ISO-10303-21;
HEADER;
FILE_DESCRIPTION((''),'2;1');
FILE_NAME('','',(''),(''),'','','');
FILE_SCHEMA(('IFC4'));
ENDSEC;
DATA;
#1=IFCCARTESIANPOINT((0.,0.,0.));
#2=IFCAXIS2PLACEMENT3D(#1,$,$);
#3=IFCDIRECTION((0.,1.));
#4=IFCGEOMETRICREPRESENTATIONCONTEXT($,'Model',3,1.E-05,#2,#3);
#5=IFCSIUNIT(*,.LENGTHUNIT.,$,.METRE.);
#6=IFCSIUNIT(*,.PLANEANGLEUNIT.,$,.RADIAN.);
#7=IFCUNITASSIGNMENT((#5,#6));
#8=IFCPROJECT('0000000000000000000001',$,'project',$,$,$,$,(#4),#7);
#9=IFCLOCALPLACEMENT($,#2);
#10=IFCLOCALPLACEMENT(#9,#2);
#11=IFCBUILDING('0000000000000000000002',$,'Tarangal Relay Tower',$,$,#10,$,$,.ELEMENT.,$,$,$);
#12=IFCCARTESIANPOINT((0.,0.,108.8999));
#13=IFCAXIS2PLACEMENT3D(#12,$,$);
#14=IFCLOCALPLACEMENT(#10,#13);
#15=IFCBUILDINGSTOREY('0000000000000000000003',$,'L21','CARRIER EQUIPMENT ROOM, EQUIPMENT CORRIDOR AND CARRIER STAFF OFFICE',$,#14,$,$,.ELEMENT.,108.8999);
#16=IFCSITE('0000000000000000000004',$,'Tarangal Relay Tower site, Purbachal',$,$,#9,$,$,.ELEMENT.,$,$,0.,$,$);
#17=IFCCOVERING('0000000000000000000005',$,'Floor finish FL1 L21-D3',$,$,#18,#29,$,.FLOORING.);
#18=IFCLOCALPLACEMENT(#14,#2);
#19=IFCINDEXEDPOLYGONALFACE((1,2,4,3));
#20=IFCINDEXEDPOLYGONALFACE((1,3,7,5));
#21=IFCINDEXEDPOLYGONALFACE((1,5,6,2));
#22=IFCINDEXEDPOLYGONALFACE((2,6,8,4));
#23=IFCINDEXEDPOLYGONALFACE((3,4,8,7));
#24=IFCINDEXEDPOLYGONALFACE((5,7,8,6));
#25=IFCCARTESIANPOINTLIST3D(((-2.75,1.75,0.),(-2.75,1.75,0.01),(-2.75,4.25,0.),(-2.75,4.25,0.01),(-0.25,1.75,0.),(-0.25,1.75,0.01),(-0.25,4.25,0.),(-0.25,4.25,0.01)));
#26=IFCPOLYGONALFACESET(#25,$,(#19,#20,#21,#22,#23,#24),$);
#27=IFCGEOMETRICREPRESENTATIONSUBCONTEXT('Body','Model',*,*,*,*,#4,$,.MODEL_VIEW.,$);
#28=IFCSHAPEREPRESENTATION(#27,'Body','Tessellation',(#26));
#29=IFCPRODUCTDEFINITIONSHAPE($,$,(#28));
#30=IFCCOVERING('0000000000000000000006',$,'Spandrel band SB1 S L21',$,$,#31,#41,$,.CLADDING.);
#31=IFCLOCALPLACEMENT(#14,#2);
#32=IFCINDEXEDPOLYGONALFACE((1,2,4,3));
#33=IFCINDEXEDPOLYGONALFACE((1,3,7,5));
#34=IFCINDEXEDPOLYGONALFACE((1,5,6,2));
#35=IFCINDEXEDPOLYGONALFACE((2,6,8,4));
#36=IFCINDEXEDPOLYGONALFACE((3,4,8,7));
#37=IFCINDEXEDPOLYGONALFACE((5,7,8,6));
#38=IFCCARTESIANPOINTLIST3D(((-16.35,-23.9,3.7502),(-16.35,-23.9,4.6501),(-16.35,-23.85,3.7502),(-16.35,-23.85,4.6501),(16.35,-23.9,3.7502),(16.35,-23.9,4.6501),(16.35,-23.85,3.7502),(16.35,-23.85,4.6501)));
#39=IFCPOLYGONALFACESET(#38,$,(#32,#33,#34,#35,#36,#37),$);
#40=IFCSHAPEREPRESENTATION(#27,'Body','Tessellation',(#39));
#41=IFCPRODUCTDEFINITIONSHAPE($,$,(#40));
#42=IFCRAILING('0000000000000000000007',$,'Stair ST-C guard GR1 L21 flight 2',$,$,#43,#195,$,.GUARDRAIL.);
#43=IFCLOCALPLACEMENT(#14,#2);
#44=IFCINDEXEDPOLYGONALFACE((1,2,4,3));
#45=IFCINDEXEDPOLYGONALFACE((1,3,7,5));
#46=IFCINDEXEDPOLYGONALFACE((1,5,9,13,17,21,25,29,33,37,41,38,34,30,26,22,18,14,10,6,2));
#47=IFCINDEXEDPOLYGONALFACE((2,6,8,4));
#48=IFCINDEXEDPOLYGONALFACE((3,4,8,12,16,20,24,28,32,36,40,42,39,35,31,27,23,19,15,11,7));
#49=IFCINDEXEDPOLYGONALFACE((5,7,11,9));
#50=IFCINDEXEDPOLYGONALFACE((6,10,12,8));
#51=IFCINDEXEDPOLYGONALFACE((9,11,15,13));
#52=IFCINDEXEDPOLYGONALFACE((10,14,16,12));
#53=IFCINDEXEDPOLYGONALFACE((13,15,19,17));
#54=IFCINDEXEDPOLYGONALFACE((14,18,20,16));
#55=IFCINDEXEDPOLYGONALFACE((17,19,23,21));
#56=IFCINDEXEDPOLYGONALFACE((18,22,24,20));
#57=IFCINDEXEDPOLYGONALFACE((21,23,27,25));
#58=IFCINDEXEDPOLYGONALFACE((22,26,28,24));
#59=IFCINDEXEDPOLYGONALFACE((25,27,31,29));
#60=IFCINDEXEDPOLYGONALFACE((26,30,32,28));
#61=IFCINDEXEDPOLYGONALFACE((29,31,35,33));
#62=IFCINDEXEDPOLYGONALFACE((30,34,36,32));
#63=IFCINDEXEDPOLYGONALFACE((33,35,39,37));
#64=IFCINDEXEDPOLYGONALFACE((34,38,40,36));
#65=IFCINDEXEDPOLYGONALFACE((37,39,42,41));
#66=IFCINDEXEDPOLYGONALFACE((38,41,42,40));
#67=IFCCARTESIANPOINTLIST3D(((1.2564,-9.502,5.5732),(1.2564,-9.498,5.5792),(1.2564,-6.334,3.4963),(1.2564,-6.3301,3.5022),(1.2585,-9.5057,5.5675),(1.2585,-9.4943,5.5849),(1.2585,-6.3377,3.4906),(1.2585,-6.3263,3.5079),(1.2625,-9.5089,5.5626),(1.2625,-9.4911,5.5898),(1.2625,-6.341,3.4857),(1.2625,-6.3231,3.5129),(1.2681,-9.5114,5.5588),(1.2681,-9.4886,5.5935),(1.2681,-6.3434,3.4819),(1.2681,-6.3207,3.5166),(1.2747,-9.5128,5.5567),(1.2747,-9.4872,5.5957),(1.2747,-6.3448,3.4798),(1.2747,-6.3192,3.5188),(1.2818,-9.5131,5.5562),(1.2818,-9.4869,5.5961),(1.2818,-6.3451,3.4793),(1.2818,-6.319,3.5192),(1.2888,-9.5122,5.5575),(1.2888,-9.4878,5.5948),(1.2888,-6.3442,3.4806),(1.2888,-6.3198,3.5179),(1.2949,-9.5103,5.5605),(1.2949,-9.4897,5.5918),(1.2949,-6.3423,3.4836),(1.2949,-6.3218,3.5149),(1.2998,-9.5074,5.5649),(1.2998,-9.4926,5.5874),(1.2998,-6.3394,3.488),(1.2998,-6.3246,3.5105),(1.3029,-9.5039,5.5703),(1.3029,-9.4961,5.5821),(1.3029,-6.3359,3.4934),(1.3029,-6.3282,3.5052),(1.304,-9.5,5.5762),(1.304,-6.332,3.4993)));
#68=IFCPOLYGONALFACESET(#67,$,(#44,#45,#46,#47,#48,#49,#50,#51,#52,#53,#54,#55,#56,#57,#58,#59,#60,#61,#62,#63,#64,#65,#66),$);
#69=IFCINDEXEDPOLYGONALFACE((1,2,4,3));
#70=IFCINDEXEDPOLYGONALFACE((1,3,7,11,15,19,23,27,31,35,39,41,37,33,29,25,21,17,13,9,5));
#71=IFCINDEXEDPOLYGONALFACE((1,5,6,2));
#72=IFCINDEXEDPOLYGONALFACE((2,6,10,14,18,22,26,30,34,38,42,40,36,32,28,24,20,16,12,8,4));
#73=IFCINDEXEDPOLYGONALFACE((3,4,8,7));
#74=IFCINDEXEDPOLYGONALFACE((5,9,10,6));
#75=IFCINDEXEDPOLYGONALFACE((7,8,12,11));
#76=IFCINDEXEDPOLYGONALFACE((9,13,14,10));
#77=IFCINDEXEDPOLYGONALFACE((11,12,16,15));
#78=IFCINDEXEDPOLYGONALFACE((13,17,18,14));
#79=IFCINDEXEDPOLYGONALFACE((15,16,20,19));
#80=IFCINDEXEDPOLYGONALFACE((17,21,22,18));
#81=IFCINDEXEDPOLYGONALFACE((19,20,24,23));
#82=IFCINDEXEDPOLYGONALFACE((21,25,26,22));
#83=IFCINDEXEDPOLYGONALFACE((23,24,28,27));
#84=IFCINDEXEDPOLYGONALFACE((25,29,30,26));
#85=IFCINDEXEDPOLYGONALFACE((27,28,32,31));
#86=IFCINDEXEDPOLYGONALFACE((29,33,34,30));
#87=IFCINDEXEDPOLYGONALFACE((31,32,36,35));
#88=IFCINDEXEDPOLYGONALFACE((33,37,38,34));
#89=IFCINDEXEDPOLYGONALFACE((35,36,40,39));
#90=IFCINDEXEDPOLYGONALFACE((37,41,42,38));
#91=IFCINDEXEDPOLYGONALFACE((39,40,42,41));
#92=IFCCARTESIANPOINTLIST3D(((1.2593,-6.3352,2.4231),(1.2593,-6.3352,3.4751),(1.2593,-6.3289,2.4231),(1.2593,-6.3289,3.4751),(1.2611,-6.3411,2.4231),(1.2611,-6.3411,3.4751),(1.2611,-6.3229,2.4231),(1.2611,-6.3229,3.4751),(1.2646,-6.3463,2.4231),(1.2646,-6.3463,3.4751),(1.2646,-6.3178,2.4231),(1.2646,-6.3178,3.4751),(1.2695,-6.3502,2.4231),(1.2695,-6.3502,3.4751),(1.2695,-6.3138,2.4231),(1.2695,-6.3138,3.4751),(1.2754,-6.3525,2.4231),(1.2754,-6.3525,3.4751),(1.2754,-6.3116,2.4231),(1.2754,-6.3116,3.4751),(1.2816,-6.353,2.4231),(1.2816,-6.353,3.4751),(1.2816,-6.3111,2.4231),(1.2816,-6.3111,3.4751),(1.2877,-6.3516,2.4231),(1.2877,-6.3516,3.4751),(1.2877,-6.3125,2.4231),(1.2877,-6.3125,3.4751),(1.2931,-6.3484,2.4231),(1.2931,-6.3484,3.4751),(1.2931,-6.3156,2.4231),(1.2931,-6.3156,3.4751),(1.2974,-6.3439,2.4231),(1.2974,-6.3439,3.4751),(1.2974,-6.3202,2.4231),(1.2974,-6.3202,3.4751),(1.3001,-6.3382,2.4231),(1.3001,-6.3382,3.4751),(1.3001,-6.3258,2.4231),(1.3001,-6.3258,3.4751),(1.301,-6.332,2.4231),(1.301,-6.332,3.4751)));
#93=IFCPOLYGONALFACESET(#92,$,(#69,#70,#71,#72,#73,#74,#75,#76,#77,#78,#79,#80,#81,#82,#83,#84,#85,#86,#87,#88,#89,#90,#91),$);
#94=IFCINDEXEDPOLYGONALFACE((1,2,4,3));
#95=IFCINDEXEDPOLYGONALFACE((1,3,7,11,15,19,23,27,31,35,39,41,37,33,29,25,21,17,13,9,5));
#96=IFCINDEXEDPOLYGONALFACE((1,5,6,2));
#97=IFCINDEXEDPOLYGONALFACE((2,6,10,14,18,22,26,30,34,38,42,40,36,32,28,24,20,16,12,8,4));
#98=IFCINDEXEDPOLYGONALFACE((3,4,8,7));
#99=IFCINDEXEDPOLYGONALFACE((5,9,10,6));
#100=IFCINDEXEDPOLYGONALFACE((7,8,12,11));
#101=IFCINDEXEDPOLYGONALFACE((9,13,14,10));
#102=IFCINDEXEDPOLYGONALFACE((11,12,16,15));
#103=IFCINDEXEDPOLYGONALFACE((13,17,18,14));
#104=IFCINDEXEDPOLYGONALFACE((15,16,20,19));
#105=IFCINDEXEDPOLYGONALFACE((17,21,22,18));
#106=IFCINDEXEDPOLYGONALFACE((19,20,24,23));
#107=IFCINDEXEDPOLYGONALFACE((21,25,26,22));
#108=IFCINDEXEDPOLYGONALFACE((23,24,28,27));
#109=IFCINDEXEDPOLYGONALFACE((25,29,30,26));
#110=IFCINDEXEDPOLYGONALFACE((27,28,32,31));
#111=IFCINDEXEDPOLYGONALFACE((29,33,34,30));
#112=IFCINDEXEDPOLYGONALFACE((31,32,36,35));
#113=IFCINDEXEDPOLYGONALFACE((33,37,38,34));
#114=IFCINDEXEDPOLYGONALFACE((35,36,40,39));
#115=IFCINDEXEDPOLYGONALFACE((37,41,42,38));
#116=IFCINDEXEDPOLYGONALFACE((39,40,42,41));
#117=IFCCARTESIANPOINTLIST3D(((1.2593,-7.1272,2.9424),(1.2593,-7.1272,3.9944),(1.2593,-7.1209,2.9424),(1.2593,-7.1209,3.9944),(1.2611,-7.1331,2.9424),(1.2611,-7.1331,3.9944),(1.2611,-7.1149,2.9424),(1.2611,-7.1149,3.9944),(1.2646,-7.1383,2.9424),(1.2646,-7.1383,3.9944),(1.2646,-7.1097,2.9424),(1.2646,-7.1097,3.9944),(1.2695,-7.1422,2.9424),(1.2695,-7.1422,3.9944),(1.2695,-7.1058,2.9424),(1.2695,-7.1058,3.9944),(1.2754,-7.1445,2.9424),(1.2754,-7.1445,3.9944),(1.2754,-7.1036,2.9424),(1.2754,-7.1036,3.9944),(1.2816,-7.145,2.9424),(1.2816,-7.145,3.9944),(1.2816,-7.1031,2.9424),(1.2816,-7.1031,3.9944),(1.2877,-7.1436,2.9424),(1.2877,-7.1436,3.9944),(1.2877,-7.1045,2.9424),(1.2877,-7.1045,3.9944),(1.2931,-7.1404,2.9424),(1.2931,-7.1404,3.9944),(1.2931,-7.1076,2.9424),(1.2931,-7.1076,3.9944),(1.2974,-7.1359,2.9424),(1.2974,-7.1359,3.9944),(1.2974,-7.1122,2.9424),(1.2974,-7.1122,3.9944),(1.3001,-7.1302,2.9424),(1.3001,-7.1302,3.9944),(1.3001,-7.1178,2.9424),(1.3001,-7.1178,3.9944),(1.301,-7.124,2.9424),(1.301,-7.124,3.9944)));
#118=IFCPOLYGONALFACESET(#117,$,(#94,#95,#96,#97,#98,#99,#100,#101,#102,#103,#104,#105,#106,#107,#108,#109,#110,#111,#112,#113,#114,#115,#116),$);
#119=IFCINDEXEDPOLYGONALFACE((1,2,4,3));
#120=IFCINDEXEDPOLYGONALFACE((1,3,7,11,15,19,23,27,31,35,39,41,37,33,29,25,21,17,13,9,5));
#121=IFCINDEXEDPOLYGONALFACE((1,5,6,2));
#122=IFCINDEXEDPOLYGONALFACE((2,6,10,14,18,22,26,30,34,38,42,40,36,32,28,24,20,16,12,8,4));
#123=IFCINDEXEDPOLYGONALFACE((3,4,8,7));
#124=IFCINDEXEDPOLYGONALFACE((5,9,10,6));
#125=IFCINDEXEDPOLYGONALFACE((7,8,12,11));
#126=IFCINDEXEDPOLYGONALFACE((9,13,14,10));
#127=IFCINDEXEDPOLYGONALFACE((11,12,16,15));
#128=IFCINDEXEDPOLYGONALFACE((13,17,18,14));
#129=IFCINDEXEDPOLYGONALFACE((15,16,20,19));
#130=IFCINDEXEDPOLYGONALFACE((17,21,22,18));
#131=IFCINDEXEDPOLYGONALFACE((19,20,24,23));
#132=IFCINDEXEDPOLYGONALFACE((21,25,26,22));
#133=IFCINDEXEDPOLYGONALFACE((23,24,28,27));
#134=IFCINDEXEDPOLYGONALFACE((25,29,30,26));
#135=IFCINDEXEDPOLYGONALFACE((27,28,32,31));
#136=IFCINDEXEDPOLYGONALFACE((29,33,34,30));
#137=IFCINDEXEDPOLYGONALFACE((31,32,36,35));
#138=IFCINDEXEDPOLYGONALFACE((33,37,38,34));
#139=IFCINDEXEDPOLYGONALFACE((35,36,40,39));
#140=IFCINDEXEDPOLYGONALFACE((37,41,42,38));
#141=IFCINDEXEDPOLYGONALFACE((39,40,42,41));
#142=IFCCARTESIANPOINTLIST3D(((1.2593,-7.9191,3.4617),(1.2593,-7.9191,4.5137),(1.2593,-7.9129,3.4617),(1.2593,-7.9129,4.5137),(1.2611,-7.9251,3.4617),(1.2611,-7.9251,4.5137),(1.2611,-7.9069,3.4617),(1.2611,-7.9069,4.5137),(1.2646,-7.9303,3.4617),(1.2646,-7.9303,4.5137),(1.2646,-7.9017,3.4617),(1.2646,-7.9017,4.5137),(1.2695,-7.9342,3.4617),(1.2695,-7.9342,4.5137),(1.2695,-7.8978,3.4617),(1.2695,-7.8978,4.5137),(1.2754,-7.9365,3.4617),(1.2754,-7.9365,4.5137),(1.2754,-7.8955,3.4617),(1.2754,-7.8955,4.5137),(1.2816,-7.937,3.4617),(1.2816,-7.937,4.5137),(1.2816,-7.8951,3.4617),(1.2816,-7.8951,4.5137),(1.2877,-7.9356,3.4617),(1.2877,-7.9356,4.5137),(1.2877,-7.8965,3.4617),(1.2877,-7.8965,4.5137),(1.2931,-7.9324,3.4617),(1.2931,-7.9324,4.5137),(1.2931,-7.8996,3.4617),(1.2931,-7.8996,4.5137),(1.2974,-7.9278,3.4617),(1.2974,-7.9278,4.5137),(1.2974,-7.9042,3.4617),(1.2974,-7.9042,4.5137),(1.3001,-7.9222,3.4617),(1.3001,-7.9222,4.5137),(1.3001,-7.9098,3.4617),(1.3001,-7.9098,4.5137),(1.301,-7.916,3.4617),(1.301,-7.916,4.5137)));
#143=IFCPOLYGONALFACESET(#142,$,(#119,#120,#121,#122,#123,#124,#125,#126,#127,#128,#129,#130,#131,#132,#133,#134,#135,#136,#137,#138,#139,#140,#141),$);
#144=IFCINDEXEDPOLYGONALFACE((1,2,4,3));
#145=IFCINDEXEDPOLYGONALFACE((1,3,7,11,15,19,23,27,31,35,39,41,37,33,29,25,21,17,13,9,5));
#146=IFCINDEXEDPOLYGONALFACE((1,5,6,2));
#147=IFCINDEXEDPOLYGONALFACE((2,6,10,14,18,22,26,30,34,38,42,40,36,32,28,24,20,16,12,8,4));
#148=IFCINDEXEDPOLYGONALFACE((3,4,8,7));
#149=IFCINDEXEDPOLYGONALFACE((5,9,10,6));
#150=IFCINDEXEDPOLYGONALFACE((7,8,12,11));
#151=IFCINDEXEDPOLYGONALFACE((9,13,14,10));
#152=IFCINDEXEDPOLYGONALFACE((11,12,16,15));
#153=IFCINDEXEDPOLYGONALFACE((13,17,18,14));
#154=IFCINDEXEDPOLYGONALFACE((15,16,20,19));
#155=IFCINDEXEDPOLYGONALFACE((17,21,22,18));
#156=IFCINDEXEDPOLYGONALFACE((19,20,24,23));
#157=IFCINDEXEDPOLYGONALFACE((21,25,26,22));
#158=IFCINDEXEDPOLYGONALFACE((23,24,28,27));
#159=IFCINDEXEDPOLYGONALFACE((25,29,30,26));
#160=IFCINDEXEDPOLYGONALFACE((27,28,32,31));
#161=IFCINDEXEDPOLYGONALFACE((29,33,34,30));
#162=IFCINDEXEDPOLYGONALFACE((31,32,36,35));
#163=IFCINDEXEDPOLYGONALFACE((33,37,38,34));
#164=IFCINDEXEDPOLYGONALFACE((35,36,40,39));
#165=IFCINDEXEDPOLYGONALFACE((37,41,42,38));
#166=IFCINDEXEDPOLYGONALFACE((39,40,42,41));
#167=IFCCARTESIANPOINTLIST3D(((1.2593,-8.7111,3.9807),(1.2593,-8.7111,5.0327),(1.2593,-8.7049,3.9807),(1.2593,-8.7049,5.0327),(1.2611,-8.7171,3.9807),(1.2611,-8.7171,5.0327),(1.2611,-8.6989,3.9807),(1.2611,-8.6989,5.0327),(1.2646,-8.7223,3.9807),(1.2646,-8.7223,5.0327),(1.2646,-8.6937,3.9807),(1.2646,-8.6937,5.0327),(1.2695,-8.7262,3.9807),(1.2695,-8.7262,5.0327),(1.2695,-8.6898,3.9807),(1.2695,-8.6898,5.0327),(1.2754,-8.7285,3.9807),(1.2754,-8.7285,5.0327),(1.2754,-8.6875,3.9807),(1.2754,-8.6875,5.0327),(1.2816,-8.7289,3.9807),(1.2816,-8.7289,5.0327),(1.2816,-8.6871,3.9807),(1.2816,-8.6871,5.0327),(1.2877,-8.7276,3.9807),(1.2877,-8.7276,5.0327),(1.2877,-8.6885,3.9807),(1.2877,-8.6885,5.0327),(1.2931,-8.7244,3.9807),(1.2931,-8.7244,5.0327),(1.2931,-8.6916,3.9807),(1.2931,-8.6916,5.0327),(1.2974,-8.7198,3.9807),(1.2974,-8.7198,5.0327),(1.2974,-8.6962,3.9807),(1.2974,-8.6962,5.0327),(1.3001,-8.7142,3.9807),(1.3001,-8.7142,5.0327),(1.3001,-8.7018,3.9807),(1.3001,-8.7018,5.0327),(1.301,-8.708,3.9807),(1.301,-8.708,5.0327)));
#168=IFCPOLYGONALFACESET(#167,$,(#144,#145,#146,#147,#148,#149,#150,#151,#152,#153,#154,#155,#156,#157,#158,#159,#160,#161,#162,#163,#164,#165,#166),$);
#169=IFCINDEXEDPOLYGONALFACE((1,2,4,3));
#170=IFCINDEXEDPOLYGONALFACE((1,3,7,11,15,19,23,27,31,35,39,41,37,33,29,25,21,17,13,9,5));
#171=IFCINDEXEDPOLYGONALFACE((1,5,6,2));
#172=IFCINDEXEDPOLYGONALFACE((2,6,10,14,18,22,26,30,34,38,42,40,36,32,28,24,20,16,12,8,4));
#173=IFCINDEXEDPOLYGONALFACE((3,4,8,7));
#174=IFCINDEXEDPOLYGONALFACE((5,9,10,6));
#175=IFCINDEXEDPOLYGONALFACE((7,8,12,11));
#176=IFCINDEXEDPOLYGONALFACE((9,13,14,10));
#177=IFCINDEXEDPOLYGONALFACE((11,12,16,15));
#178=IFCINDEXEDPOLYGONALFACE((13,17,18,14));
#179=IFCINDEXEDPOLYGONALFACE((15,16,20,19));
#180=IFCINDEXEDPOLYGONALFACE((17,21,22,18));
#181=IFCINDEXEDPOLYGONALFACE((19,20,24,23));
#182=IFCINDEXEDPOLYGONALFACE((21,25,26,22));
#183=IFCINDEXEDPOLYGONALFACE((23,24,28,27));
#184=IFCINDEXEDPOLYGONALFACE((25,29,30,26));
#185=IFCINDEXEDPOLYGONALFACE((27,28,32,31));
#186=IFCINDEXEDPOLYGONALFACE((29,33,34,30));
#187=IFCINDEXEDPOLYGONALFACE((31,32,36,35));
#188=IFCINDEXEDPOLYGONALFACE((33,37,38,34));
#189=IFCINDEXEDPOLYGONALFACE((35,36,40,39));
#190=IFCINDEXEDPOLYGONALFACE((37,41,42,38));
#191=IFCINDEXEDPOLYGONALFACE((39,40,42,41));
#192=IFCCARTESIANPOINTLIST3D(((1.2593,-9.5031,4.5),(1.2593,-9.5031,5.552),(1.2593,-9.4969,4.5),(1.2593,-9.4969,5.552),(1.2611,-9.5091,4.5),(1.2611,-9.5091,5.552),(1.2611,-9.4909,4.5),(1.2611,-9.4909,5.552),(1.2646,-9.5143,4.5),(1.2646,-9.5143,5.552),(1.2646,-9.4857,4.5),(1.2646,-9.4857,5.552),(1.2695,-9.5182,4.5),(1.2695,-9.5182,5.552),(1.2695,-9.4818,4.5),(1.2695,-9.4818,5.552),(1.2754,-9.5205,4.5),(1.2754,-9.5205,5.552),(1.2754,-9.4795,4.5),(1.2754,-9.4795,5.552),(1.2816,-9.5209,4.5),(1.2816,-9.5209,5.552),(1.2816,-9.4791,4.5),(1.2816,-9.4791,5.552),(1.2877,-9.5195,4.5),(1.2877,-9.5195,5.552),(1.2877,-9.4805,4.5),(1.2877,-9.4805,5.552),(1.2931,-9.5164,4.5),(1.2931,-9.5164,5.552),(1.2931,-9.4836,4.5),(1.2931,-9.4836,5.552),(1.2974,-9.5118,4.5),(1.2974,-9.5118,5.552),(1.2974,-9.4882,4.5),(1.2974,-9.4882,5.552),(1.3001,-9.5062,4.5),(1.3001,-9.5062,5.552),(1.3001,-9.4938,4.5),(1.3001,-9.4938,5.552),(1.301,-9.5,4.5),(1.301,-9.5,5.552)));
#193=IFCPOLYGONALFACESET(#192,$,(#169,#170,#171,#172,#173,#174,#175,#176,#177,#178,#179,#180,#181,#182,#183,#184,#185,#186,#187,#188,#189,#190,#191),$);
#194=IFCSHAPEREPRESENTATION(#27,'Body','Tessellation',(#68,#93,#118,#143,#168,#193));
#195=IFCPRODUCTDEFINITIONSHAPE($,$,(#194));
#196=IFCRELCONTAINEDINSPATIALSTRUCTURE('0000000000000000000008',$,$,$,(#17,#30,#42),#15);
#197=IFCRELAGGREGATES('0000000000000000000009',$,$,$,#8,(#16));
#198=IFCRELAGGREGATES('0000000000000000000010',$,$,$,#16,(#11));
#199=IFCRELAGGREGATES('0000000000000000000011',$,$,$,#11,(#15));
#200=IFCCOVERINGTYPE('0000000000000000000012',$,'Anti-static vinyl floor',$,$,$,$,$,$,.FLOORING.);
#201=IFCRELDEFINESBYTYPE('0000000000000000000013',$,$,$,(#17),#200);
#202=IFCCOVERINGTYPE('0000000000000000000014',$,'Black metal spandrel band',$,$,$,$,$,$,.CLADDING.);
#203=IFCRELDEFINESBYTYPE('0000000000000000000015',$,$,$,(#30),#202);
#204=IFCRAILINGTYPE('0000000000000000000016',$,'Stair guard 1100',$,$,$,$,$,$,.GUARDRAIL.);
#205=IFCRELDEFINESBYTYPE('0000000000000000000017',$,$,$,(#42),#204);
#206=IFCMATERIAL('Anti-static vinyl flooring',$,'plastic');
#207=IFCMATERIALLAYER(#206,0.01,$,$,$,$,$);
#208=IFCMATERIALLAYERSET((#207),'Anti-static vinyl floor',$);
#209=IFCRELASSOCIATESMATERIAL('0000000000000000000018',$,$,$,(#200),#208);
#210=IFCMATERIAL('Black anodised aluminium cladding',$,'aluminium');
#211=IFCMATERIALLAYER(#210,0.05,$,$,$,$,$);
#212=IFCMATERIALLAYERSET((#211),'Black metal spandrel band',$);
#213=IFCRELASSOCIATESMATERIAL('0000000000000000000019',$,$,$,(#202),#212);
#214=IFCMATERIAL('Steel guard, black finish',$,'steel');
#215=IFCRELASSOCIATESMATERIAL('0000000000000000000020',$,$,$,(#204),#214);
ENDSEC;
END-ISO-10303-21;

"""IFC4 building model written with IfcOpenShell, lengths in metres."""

from ifc_helpers import new_model, si_unit, direction, frame, origin, origin_2d, place, context, subcontext, project, spatial, polyline, rectangle, circle, outline, extrude, material, layer, layer_set, type_object, element, save


model = new_model("IFC4")

# Units and contexts
model_context = context("Model", 3, precision=1e-05, world=origin(), true_north=direction((0.0, 1.0)))
body_context = subcontext(model_context, "Body", "Model", "MODEL_VIEW")
ifc_project = project(units=[si_unit("LENGTHUNIT", "METRE"), si_unit("PLANEANGLEUNIT", "RADIAN")], contexts=[model_context])

# Site, building, storey
site_placement = place(None, origin())
site = spatial("IfcSite", under=ifc_project, at=site_placement, Name="Tarangal Relay Tower site, Purbachal", CompositionType="ELEMENT", RefElevation=0.0)
building_placement = place(site_placement, origin())
building = spatial("IfcBuilding", under=site, at=building_placement, Name="Tarangal Relay Tower", CompositionType="ELEMENT")
storey_placement = place(building_placement, frame((0.0, 0.0, 108.8999)))
storey = spatial("IfcBuildingStorey", under=building, at=storey_placement, Name="L21", Description="CARRIER EQUIPMENT ROOM, EQUIPMENT CORRIDOR AND CARRIER STAFF OFFICE", CompositionType="ELEMENT", Elevation=108.8999)

# Coverings
ifc_material_1 = material(Name="Anti-static vinyl flooring", Category="plastic")
ifc_layer_1 = layer(ifc_material_1, 0.01)
ifc_layer_set_1 = layer_set([ifc_layer_1], Name="Anti-static vinyl floor")
covering_type_1 = type_object("IfcCoveringType", Name="Anti-static vinyl floor", PredefinedType="FLOORING", material=ifc_layer_set_1)
covering_1_placement = place(storey_placement, origin())
element("IfcCovering", 1, at=covering_1_placement, inside=storey, type_object=covering_type_1, Name="Floor finish FL1 L21-D3", PredefinedType="FLOORING", context=body_context, shape_type="SweptSolid", body=[
    extrude(outline(polyline([(-2.75, 1.75), (-0.25, 1.75), (-0.25, 4.25), (-2.75, 4.25), (-2.75, 1.75)])), origin(), (0.0, 0.0, 1.0), 0.01),
])
ifc_material_2 = material(Name="Black anodised aluminium cladding", Category="aluminium")
ifc_layer_2 = layer(ifc_material_2, 0.05)
ifc_layer_set_2 = layer_set([ifc_layer_2], Name="Black metal spandrel band")
covering_type_2 = type_object("IfcCoveringType", Name="Black metal spandrel band", PredefinedType="CLADDING", material=ifc_layer_set_2)
covering_2_placement = place(storey_placement, frame((0.0, -23.875, 3.7502), z_axis=(0.0, 0.0, 1.0), x_axis=(-1.0, 0.0, 0.0)))
element("IfcCovering", 2, at=covering_2_placement, inside=storey, type_object=covering_type_2, Name="Spandrel band SB1 S L21", PredefinedType="CLADDING", context=body_context, shape_type="SweptSolid", body=[
    extrude(rectangle(XDim=32.7, YDim=0.05, at=origin_2d()), origin(), (0.0, 0.0, 1.0), 0.8999),
])

# Railing
ifc_material_3 = material(Name="Steel guard, black finish", Category="steel")
railing_type_1 = type_object("IfcRailingType", Name="Stair guard 1100", PredefinedType="GUARDRAIL", material=ifc_material_3)
railing_1_placement = place(storey_placement, frame((1.28, -6.332, 2.4231)))
element("IfcRailing", 3, at=railing_1_placement, inside=storey, type_object=railing_type_1, Name="Stair ST-C guard GR1 L21 flight 2", PredefinedType="GUARDRAIL", context=body_context, shape_type="SweptSolid", body=[
    extrude(circle(Radius=0.0239, at=origin_2d()), frame((0.0, 0.0, 1.0762), z_axis=(0.0, -0.836299, 0.548273), x_axis=(1.0, 0.0, 0.0)), (0.0, 0.0, 1.0), 3.7881),
    extrude(circle(Radius=0.021, at=origin_2d()), origin(), (0.0, 0.0, 1.0), 1.052),
    extrude(circle(Radius=0.021, at=origin_2d()), frame((0.0, -0.792, 0.5193)), (0.0, 0.0, 1.0), 1.052),
    extrude(circle(Radius=0.021, at=origin_2d()), frame((0.0, -1.584, 1.0386)), (0.0, 0.0, 1.0), 1.052),
    extrude(circle(Radius=0.021, at=origin_2d()), frame((0.0, -2.376, 1.5576)), (0.0, 0.0, 1.0), 1.052),
    extrude(circle(Radius=0.021, at=origin_2d()), frame((0.0, -3.168, 2.0769)), (0.0, 0.0, 1.0), 1.052),
])

save(model, "model.ifc")
